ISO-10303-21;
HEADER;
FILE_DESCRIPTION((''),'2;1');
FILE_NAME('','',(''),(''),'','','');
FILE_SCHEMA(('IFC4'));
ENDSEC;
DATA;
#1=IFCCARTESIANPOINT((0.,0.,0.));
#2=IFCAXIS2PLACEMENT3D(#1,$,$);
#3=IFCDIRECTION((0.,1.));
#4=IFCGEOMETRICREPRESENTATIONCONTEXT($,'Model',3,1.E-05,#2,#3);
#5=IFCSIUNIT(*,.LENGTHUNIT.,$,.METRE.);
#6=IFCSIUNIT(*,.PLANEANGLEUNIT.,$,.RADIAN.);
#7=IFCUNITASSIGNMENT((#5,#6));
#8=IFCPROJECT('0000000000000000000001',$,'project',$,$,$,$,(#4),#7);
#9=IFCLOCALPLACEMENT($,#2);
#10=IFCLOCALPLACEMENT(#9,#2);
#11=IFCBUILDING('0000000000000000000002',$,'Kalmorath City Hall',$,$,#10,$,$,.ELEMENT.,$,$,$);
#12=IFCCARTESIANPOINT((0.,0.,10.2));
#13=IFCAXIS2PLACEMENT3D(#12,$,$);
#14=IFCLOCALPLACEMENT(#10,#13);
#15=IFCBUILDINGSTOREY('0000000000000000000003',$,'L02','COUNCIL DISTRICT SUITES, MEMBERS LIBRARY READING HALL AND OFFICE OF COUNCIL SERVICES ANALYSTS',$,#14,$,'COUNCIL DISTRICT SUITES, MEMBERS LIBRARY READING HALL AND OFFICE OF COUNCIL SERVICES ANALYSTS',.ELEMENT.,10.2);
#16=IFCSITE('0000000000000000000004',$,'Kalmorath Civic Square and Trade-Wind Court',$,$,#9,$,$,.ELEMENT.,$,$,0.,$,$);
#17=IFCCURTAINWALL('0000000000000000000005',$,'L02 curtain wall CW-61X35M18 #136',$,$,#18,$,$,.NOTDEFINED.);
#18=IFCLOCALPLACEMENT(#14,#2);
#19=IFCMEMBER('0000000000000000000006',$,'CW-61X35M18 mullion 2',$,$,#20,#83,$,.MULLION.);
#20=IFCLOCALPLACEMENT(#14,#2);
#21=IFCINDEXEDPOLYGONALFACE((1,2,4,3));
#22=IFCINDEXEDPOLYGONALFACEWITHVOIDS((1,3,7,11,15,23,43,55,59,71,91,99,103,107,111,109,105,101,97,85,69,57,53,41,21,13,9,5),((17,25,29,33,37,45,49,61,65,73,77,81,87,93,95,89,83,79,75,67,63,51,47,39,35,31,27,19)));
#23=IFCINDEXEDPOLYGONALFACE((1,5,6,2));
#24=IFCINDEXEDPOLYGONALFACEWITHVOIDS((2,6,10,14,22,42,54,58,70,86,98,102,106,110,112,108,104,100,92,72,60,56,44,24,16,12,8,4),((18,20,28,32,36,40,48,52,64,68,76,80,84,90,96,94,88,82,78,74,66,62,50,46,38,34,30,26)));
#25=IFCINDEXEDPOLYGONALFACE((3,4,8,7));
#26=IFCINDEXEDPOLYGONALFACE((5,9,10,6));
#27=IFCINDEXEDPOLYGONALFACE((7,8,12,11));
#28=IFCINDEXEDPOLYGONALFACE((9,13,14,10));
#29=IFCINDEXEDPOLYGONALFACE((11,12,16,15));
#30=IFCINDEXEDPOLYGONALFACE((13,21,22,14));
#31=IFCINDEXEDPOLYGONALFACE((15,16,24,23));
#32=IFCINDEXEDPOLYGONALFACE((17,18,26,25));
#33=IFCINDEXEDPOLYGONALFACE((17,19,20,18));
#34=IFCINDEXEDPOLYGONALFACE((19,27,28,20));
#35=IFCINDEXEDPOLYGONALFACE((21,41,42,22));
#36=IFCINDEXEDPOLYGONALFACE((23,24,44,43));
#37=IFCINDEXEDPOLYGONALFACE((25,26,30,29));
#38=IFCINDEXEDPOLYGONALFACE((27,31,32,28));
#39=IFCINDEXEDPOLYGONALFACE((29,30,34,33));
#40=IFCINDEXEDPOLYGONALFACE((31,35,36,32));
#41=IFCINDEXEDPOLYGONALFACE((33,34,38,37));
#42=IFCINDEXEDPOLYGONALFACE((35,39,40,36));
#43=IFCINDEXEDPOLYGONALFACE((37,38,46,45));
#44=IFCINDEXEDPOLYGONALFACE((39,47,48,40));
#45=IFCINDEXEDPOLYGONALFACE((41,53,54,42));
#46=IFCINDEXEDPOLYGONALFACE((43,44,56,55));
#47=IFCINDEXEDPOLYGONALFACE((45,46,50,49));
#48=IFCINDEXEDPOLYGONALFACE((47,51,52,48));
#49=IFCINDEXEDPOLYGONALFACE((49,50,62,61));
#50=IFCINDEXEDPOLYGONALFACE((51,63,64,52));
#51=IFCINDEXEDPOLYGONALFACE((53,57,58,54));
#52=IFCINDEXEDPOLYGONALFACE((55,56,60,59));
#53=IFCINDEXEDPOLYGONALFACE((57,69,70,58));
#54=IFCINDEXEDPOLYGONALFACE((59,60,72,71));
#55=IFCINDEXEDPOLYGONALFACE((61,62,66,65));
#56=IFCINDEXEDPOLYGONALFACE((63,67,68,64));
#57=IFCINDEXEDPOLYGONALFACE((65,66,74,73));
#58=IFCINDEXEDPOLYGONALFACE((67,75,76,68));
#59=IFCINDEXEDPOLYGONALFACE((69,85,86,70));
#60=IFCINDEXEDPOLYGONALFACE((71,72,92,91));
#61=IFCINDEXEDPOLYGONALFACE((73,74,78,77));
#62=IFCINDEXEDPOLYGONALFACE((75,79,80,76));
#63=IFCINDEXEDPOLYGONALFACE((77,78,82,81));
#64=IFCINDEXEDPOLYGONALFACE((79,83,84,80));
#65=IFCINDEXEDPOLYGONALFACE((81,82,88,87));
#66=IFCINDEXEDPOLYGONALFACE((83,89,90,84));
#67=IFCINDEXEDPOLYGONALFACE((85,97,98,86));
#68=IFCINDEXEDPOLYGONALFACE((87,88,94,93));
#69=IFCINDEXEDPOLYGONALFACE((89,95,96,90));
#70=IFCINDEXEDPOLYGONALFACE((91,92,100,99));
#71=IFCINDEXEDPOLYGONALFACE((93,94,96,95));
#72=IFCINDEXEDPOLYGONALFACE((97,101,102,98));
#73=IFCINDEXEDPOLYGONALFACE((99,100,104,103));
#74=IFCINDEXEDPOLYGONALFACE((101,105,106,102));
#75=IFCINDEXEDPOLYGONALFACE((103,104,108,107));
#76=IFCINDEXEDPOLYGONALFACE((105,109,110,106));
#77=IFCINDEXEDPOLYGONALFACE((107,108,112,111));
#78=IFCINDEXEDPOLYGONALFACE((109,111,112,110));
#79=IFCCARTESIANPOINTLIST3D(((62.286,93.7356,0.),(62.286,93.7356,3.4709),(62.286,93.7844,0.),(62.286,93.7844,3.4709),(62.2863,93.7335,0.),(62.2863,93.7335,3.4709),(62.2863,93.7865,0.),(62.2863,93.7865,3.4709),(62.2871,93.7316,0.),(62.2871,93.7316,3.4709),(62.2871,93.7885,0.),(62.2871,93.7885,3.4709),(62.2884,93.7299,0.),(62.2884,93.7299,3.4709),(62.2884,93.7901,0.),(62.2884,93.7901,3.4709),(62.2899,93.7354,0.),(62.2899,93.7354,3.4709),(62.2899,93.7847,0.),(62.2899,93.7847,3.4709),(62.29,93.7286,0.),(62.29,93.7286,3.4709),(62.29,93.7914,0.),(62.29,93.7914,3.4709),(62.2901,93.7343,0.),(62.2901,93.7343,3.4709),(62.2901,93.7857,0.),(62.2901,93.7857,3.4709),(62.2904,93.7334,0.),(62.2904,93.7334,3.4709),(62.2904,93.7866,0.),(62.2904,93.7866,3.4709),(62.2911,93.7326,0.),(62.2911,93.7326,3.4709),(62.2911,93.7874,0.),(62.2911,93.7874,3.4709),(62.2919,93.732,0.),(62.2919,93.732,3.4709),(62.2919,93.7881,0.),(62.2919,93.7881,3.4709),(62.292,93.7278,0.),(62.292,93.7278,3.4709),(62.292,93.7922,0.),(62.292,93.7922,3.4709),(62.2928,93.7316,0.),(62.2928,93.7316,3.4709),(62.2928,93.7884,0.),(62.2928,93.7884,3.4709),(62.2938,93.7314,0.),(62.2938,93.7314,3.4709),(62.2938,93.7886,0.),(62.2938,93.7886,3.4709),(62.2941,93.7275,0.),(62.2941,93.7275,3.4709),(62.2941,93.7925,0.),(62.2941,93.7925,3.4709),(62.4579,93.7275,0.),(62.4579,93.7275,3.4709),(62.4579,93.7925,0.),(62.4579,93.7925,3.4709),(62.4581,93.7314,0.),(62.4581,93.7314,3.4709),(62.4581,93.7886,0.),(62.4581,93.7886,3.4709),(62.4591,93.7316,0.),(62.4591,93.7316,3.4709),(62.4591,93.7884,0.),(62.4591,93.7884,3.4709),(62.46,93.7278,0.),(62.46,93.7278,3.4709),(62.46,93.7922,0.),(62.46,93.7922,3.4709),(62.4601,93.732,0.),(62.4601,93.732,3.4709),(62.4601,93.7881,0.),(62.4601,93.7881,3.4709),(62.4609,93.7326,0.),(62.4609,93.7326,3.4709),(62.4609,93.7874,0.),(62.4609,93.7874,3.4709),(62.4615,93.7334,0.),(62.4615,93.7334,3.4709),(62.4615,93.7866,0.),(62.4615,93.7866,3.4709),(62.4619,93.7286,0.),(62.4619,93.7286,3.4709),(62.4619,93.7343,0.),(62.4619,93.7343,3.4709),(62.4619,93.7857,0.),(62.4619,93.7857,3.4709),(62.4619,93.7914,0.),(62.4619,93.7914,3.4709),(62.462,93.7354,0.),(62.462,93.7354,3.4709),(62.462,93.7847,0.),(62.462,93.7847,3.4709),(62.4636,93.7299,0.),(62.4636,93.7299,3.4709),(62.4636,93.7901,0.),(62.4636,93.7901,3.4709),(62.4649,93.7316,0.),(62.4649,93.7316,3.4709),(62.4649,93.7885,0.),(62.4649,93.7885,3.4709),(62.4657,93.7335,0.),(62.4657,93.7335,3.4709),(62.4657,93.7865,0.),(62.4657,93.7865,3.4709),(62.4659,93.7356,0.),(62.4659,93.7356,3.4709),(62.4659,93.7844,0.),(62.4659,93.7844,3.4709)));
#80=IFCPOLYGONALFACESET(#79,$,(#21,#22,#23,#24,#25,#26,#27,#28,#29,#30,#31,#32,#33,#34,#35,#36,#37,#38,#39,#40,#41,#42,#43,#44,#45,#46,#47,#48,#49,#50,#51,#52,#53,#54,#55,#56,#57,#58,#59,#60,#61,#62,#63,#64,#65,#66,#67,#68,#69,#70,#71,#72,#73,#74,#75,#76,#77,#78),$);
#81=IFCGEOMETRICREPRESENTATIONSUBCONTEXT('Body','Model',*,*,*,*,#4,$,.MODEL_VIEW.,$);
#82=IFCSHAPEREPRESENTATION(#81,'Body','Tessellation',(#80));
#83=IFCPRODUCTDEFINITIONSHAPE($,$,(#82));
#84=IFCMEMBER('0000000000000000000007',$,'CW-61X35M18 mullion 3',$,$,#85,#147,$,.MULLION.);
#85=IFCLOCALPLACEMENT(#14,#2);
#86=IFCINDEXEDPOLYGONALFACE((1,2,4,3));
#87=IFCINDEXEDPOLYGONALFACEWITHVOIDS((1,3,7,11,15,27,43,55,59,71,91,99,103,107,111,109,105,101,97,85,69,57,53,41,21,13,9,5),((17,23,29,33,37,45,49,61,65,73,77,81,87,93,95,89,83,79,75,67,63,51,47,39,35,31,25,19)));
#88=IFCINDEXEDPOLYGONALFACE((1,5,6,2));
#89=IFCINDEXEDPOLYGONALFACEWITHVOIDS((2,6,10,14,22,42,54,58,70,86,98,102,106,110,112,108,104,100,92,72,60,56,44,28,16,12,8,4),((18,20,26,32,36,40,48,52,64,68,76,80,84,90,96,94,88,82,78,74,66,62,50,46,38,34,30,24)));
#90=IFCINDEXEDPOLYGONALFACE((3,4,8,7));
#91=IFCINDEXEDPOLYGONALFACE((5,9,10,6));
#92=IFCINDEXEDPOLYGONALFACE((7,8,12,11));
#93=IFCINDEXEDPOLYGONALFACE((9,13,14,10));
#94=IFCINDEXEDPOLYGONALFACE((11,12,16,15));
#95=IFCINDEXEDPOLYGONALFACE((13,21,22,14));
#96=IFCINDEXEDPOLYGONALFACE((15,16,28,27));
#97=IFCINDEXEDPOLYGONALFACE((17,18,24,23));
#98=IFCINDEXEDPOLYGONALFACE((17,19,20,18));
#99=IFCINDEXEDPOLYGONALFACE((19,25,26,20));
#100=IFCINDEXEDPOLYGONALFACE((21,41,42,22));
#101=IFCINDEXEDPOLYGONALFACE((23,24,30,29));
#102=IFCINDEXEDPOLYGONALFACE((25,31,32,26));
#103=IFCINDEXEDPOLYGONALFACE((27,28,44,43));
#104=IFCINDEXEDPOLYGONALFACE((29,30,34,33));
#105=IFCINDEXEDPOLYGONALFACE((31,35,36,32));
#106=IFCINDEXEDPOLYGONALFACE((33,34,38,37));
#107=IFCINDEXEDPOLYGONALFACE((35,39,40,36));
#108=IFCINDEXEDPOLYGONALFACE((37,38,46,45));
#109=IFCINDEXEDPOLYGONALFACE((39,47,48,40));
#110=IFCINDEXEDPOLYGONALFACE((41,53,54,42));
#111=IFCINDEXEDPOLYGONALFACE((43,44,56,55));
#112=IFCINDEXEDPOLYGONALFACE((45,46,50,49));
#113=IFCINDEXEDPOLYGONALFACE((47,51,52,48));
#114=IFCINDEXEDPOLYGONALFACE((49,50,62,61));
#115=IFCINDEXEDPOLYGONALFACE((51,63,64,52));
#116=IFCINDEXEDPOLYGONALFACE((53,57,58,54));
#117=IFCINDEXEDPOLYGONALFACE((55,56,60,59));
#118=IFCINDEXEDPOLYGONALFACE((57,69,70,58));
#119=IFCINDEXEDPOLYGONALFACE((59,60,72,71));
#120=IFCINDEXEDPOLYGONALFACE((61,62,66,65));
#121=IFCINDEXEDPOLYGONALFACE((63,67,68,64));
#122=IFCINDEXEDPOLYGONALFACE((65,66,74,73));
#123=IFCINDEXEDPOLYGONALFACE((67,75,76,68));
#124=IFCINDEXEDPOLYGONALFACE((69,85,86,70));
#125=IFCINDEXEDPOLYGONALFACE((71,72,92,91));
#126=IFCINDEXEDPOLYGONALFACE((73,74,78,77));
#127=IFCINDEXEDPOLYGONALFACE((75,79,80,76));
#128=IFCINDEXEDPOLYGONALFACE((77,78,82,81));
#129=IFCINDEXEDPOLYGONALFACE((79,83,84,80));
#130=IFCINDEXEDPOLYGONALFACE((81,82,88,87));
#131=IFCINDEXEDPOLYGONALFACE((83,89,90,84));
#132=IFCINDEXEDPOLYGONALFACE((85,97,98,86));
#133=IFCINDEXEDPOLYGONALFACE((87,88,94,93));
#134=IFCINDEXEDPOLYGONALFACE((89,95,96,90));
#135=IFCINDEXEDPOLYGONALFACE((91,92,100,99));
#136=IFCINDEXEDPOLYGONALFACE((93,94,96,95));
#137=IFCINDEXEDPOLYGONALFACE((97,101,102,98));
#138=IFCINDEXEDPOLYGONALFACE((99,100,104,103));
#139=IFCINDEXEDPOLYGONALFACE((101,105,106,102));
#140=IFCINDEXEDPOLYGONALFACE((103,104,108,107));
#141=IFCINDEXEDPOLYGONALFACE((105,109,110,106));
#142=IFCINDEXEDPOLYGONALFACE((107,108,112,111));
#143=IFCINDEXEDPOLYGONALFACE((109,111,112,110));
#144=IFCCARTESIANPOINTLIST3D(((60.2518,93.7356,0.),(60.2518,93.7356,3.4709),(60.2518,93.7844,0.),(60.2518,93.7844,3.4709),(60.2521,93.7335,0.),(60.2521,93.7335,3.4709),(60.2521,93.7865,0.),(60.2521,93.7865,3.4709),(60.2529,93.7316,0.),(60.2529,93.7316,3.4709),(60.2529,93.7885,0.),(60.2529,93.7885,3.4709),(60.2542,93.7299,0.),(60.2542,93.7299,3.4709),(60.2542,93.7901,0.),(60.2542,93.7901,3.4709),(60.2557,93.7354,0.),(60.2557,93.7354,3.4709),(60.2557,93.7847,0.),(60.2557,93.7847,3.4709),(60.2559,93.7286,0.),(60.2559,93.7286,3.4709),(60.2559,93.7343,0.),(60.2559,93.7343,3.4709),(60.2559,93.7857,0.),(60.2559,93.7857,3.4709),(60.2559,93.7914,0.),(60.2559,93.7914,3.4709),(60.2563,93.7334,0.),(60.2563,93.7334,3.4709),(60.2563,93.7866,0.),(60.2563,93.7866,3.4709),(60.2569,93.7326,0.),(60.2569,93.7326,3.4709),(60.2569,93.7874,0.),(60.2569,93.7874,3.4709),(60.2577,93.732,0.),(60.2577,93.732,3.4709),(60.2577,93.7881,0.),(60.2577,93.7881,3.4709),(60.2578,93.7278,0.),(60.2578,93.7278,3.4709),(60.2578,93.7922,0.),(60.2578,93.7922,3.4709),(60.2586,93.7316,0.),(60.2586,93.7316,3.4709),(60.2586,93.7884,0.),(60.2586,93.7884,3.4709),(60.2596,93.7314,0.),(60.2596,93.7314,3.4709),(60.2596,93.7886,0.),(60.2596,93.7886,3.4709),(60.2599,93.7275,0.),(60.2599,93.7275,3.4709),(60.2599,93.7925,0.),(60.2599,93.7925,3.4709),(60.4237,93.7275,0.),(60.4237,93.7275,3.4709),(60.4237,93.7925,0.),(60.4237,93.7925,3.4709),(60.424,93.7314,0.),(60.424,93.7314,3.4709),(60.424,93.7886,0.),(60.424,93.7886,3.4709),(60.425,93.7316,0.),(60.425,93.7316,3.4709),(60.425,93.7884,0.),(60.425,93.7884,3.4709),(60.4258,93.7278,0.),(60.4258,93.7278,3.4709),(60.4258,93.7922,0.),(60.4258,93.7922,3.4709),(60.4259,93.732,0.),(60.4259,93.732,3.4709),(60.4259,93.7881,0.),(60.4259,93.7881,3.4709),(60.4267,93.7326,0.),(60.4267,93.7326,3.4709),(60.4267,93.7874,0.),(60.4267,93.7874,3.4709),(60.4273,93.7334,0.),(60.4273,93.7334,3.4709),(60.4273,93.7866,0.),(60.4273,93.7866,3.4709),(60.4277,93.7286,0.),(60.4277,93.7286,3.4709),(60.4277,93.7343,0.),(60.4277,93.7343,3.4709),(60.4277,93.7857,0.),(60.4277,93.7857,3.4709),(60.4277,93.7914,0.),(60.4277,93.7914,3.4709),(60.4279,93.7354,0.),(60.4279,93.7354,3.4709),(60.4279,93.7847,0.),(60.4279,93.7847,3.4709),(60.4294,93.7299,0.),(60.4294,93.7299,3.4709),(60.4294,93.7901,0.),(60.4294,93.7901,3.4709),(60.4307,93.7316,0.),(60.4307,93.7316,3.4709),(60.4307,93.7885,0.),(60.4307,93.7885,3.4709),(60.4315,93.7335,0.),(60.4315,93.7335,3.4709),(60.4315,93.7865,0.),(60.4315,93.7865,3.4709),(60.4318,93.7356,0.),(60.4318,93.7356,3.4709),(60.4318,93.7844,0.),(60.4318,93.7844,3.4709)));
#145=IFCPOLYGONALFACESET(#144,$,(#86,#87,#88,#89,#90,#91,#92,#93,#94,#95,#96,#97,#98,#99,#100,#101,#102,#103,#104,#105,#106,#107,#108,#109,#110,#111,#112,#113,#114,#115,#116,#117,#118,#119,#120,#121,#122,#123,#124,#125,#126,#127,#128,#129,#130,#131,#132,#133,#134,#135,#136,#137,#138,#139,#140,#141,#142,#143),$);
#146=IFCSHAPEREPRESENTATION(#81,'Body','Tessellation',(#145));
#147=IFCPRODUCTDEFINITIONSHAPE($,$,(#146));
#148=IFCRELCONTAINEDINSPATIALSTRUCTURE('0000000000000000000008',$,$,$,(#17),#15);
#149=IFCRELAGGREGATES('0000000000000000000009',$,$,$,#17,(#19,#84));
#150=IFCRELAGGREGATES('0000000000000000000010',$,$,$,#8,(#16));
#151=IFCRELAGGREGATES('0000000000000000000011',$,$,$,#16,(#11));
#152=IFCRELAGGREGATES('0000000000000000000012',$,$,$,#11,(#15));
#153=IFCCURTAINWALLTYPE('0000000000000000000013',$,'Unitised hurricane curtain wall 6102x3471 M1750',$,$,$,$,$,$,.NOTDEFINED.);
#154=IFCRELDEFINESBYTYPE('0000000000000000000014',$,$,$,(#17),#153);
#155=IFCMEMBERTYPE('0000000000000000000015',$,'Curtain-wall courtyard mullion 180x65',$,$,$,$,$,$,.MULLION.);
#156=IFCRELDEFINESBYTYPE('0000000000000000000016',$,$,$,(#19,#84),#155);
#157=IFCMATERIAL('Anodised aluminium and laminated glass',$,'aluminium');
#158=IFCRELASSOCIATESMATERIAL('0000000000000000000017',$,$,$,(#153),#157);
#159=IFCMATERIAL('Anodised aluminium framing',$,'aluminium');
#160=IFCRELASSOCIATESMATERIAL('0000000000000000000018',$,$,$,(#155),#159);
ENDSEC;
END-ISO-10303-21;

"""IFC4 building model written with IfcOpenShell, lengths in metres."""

from ifc_helpers import new_model, si_unit, direction, frame, origin, origin_2d, place, context, subcontext, project, spatial, hollow_rectangle, extrude, material, material_profile, profile_set, type_object, element, aggregate, save


model = new_model("IFC4")

# Units and contexts
model_context = context("Model", 3, precision=1e-05, world=origin(), true_north=direction((0.0, 1.0)))
body_context = subcontext(model_context, "Body", "Model", "MODEL_VIEW")
ifc_project = project(units=[si_unit("LENGTHUNIT", "METRE"), si_unit("PLANEANGLEUNIT", "RADIAN")], contexts=[model_context])

# Site, building, storey
site_placement = place(None, origin())
site = spatial("IfcSite", under=ifc_project, at=site_placement, Name="Kalmorath Civic Square and Trade-Wind Court", CompositionType="ELEMENT", RefElevation=0.0)
building_placement = place(site_placement, origin())
building = spatial("IfcBuilding", under=site, at=building_placement, Name="Kalmorath City Hall", CompositionType="ELEMENT")
storey_placement = place(building_placement, frame((0.0, 0.0, 10.2)))
storey = spatial("IfcBuildingStorey", under=building, at=storey_placement, Name="L02", Description="COUNCIL DISTRICT SUITES, MEMBERS LIBRARY READING HALL AND OFFICE OF COUNCIL SERVICES ANALYSTS", LongName="COUNCIL DISTRICT SUITES, MEMBERS LIBRARY READING HALL AND OFFICE OF COUNCIL SERVICES ANALYSTS", CompositionType="ELEMENT", Elevation=10.2)

# Curtain wall, members
ifc_material_1 = material(Name="Anodised aluminium and laminated glass", Category="aluminium")
curtain_wall_type_1 = type_object("IfcCurtainWallType", Name="Unitised hurricane curtain wall 6102x3471 M1750", PredefinedType="NOTDEFINED", material=ifc_material_1)
curtain_wall_1_placement = place(storey_placement, origin())
curtain_wall_1 = element("IfcCurtainWall", 1, at=curtain_wall_1_placement, inside=storey, type_object=curtain_wall_type_1, Name="L02 curtain wall CW-61X35M18 #136", PredefinedType="NOTDEFINED")
ifc_material_2 = material(Name="Anodised aluminium framing", Category="aluminium")
ifc_material_profile_1 = material_profile(ifc_material_2, hollow_rectangle(XDim=0.0649, YDim=0.1799, WallThickness=0.0039, InnerFilletRadius=0.0039, OuterFilletRadius=0.0081, at=origin_2d()), Name="ALU-MUL-180X65X4")
ifc_profile_set_1 = profile_set([ifc_material_profile_1], Name="Anodised aluminium framing")
member_type_1 = type_object("IfcMemberType", Name="Curtain-wall courtyard mullion 180x65", PredefinedType="MULLION", material=ifc_profile_set_1)
member_1_placement = place(storey_placement, frame((62.376, 93.76, 0.0), z_axis=(0.0, 0.0, 1.0), x_axis=(0.0, -1.0, 0.0)))
member_1 = element("IfcMember", 2, at=member_1_placement, type_object=member_type_1, Name="CW-61X35M18 mullion 2", PredefinedType="MULLION", context=body_context, shape_type="SweptSolid", body=[
    extrude(hollow_rectangle(XDim=0.0649, YDim=0.1799, WallThickness=0.0039, InnerFilletRadius=0.0039, OuterFilletRadius=0.0081, at=origin_2d()), origin(), (0.0, 0.0, 1.0), 3.4709),
])
member_2_placement = place(storey_placement, frame((60.3418, 93.76, 0.0), z_axis=(0.0, 0.0, 1.0), x_axis=(0.0, -1.0, 0.0)))
member_2 = element("IfcMember", 3, at=member_2_placement, type_object=member_type_1, Name="CW-61X35M18 mullion 3", PredefinedType="MULLION", context=body_context, shape_type="SweptSolid", body=[
    extrude(hollow_rectangle(XDim=0.0649, YDim=0.1799, WallThickness=0.0039, InnerFilletRadius=0.0039, OuterFilletRadius=0.0081, at=origin_2d()), origin(), (0.0, 0.0, 1.0), 3.4709),
])

aggregate(curtain_wall_1, [member_1, member_2])

save(model, "model.ifc")
